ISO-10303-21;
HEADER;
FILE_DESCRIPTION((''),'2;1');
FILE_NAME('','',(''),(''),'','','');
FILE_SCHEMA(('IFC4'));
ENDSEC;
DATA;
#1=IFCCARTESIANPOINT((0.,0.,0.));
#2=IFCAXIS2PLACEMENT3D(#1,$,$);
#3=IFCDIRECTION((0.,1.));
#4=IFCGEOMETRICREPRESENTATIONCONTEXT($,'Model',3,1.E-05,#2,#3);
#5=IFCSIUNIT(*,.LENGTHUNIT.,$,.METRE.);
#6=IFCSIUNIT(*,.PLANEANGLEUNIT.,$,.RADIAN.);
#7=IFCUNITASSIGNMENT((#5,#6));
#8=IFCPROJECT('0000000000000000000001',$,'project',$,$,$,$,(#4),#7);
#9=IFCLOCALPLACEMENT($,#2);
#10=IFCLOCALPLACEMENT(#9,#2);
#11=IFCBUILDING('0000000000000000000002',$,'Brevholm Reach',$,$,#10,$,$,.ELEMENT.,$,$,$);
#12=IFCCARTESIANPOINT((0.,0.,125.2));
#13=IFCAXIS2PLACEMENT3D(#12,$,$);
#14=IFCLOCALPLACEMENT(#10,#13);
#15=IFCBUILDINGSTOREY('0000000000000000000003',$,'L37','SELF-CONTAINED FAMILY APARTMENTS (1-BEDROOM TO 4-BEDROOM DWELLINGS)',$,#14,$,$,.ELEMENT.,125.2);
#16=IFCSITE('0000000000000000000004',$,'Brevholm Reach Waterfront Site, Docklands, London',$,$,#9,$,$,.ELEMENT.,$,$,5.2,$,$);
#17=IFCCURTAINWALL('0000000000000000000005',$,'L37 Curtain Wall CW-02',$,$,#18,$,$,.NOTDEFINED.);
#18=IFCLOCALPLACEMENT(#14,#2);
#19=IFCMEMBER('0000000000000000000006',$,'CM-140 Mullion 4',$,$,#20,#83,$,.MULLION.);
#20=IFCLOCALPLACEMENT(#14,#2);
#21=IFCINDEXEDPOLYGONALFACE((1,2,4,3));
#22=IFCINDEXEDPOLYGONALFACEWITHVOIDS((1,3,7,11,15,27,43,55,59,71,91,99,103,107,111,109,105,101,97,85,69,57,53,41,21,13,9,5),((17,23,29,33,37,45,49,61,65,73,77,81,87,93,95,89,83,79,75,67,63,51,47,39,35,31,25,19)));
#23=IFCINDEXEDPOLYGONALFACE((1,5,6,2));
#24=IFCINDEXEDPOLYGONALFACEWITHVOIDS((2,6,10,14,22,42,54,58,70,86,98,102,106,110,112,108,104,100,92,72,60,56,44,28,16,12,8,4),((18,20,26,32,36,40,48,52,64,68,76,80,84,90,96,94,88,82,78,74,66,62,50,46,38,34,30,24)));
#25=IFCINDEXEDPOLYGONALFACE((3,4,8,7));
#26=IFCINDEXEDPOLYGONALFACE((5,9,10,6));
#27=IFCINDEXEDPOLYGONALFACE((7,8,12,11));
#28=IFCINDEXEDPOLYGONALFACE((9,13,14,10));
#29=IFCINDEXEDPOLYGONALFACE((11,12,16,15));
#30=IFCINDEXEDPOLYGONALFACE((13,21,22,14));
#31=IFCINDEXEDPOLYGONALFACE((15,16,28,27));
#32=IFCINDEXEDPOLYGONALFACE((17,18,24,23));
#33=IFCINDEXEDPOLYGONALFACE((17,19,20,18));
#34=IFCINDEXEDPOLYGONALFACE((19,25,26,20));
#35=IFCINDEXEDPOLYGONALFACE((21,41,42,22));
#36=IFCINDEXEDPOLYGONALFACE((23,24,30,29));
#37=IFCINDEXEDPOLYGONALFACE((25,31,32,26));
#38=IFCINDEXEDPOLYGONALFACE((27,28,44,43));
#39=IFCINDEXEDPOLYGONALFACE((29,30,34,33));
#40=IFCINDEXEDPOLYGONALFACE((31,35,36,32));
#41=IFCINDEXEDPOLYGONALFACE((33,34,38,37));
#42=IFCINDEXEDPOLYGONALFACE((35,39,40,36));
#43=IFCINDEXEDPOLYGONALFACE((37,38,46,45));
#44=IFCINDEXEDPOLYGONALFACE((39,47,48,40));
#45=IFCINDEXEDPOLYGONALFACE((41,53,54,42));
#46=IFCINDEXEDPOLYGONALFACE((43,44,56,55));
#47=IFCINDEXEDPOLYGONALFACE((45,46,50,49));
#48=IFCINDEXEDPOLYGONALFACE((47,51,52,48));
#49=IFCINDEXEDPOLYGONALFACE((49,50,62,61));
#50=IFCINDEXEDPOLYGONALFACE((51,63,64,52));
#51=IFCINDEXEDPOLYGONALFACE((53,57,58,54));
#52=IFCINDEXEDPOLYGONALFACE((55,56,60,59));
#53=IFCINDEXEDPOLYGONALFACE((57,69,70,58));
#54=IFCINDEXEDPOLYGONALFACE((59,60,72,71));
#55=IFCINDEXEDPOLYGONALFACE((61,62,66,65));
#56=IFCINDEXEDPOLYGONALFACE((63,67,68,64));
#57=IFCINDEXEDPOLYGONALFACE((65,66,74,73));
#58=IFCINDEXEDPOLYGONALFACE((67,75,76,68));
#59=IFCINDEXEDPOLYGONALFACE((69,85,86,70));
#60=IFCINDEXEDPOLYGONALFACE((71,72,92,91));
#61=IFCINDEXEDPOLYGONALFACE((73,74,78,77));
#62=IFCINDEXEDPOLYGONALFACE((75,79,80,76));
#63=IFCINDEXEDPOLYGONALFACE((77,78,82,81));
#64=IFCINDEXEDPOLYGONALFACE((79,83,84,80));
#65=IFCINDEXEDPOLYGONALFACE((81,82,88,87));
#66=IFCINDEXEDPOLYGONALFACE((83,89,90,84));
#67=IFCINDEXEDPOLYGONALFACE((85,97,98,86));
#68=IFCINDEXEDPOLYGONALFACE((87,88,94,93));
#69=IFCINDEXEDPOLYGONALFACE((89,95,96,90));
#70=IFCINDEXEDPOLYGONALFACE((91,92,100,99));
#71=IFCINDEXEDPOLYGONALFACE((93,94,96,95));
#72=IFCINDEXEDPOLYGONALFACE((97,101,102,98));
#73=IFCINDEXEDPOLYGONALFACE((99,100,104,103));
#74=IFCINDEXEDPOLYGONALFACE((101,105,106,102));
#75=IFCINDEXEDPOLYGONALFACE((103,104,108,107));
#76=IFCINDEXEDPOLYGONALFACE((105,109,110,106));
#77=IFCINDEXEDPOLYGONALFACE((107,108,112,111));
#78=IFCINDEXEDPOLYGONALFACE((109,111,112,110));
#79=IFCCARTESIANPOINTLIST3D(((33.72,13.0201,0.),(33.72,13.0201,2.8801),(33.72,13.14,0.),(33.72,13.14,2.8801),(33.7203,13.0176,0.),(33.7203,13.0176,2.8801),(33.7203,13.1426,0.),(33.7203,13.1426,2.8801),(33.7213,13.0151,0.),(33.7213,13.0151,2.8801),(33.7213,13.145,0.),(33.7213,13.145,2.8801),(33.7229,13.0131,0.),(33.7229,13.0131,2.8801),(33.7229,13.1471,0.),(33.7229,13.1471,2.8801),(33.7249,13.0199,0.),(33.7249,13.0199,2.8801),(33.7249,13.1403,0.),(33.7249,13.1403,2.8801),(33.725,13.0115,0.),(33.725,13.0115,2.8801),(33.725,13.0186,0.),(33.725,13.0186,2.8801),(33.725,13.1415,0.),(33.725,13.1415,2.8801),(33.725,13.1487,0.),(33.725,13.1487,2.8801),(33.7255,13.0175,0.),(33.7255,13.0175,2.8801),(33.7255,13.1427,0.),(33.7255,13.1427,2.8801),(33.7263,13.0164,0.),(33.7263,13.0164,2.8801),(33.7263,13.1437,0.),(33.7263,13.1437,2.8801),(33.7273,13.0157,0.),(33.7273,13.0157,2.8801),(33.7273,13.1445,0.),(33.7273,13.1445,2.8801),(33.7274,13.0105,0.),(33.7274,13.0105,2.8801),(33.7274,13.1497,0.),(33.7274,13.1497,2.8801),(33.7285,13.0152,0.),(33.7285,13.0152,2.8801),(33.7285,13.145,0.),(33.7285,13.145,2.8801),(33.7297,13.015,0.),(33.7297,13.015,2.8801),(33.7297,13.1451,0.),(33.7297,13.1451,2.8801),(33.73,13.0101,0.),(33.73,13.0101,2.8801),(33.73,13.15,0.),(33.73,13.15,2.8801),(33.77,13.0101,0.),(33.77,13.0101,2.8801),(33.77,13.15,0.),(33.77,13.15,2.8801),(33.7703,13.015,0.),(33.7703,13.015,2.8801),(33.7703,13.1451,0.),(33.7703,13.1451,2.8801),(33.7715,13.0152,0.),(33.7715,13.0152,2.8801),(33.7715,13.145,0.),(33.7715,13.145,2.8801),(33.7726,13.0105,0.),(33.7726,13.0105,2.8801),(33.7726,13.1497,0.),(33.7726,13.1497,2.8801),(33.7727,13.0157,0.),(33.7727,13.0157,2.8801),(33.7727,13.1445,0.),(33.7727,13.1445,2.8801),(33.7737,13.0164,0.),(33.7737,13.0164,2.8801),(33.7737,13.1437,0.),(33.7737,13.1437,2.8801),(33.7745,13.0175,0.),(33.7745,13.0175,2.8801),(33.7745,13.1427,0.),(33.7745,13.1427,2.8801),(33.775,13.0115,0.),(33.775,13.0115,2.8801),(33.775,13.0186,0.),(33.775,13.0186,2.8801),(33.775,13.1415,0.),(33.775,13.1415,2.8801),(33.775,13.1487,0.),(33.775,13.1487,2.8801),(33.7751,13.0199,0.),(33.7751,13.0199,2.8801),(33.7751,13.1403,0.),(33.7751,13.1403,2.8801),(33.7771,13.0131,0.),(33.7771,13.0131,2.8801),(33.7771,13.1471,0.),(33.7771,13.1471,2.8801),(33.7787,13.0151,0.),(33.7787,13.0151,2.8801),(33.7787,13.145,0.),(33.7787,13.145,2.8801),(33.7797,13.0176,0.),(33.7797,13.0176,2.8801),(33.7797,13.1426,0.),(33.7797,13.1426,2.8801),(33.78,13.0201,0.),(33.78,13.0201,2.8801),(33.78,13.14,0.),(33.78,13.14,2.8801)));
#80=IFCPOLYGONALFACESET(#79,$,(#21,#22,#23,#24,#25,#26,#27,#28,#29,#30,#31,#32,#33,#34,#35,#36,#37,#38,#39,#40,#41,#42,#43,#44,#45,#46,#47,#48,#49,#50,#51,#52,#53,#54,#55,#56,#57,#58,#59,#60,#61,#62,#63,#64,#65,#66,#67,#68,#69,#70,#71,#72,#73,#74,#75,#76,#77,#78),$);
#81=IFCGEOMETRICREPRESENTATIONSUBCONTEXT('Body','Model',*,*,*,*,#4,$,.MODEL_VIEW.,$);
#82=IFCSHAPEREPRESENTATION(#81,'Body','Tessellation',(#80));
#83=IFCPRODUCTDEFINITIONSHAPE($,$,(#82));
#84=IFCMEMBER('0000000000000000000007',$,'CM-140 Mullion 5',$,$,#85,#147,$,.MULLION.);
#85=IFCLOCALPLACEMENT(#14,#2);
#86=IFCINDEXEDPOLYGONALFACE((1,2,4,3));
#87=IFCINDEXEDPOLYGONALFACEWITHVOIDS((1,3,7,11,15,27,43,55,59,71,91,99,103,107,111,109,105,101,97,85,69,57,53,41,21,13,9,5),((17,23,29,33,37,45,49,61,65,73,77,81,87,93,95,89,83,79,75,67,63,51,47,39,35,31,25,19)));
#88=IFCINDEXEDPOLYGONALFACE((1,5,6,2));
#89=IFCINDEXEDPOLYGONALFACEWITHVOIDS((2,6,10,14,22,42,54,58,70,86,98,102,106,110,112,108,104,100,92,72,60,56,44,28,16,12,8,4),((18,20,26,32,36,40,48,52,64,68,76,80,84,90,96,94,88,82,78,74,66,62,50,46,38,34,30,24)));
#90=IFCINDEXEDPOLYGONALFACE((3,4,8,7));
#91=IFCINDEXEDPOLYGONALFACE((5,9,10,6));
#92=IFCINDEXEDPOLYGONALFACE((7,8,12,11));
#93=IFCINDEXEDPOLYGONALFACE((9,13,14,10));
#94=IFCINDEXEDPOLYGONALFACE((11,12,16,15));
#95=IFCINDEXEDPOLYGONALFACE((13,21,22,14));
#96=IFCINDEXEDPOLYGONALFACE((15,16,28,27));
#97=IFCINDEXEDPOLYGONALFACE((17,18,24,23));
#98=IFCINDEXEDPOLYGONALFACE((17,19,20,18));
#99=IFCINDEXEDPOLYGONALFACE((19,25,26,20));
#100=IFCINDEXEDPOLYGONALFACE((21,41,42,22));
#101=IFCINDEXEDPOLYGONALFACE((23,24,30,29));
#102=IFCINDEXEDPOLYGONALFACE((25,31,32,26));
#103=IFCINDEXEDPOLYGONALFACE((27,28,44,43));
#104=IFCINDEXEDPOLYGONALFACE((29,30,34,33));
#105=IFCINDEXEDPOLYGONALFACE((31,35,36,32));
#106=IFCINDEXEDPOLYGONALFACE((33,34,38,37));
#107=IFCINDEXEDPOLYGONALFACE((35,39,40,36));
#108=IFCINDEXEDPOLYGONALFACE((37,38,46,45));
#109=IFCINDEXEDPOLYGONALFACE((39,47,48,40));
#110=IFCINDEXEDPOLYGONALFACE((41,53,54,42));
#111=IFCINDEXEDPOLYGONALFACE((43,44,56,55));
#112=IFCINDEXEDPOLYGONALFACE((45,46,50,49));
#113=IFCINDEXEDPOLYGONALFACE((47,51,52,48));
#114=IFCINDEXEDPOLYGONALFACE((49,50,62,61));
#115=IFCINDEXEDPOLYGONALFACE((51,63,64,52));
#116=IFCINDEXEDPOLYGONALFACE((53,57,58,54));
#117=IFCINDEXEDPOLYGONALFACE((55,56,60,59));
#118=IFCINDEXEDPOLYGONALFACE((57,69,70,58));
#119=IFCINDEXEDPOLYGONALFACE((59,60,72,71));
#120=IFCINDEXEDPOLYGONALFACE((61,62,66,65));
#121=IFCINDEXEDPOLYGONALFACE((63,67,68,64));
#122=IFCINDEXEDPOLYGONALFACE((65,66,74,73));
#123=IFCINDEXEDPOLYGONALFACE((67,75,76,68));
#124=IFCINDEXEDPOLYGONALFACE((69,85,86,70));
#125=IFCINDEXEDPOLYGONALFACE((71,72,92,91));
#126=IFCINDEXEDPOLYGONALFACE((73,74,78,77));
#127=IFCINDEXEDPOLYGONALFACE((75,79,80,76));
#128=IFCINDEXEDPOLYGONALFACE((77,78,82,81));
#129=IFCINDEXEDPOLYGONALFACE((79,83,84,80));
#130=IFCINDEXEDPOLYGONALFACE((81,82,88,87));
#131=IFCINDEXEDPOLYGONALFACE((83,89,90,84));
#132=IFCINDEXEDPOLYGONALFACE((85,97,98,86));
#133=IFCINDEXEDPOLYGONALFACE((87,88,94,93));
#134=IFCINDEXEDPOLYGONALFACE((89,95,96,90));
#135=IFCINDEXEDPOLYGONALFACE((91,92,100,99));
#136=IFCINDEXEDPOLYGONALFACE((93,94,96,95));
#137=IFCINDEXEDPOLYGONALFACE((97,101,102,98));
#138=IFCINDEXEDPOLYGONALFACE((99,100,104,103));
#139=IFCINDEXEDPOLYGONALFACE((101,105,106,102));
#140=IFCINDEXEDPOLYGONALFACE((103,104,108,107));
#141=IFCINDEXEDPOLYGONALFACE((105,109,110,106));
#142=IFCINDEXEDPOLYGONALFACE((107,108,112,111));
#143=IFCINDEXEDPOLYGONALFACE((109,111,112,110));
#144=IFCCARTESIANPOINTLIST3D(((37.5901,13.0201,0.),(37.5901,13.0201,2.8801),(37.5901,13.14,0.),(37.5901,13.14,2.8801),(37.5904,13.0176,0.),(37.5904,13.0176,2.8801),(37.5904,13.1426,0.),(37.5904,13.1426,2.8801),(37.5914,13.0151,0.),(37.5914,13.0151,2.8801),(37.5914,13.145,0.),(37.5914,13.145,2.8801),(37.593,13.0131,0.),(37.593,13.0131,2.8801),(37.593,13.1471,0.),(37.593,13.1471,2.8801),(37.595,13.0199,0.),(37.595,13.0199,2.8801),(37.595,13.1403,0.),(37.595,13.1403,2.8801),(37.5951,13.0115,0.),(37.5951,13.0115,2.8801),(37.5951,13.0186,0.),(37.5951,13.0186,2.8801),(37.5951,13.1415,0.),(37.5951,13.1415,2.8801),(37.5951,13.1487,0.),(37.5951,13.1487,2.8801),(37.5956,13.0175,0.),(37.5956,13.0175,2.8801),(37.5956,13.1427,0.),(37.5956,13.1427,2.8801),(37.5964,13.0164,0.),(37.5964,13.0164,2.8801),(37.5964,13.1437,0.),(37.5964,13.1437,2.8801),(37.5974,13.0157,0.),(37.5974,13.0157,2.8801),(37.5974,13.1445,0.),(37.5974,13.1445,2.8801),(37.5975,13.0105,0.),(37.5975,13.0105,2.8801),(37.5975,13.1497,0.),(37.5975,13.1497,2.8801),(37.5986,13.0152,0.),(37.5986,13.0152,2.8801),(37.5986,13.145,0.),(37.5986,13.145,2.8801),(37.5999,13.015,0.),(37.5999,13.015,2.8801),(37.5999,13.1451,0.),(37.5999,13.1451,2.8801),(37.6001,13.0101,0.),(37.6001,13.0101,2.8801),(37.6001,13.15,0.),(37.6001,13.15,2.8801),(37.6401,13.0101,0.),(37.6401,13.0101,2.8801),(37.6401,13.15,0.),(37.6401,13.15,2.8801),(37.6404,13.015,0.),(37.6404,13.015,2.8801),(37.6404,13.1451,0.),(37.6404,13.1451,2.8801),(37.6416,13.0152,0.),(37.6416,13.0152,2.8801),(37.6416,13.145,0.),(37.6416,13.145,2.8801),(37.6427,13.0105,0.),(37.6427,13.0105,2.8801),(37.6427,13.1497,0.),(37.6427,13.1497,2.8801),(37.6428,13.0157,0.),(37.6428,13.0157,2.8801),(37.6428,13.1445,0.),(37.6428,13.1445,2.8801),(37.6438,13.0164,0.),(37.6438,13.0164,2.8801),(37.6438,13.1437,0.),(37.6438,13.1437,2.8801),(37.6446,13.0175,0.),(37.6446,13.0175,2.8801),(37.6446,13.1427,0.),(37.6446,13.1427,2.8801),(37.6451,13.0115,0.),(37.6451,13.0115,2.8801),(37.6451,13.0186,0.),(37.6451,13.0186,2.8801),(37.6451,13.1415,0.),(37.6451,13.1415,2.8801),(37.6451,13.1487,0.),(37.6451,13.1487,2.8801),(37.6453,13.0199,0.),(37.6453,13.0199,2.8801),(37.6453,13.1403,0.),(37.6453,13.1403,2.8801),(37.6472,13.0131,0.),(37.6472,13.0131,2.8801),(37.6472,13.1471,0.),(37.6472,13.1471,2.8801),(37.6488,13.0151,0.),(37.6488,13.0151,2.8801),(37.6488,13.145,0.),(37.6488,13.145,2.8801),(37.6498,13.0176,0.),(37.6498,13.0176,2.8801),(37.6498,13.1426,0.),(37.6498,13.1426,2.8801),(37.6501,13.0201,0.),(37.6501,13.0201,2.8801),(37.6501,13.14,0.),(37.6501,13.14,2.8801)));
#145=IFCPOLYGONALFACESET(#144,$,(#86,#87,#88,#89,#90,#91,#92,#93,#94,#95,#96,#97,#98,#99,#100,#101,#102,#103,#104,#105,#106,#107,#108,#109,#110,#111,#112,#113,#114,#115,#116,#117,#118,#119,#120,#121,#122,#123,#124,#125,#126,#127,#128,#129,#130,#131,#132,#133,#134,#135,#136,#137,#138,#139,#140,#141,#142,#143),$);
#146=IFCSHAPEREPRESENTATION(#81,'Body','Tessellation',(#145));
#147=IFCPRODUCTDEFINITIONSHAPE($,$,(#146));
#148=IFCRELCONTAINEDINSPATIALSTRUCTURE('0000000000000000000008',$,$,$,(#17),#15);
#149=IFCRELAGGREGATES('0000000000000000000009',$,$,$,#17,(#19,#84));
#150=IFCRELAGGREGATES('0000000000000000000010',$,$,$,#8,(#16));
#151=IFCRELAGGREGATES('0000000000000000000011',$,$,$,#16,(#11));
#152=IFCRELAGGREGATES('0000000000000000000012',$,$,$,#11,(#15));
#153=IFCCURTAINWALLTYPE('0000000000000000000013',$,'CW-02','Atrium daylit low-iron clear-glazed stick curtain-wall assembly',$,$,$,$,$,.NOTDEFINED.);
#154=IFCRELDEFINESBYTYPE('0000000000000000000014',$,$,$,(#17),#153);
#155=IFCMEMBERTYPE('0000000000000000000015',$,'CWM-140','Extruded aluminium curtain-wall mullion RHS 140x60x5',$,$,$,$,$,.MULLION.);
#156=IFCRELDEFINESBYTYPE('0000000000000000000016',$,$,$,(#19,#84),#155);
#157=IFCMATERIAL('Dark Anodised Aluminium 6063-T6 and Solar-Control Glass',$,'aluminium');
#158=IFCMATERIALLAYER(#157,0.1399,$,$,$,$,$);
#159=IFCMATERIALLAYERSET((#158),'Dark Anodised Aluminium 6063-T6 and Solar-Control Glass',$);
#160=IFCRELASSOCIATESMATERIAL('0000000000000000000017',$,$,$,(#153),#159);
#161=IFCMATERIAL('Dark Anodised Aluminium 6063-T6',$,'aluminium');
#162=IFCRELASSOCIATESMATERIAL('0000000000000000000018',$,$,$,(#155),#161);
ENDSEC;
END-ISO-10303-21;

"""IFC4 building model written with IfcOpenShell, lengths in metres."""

from ifc_helpers import new_model, si_unit, direction, frame, origin, origin_2d, place, context, subcontext, project, spatial, hollow_rectangle, extrude, material, layer, layer_set, material_profile, profile_set, type_object, element, aggregate, save


model = new_model("IFC4")

# Units and contexts
model_context = context("Model", 3, precision=1e-05, world=origin(), true_north=direction((0.0, 1.0)))
body_context = subcontext(model_context, "Body", "Model", "MODEL_VIEW")
ifc_project = project(units=[si_unit("LENGTHUNIT", "METRE"), si_unit("PLANEANGLEUNIT", "RADIAN")], contexts=[model_context])

# Site, building, storey
site_placement = place(None, origin())
site = spatial("IfcSite", under=ifc_project, at=site_placement, Name="Brevholm Reach Waterfront Site, Docklands, London", CompositionType="ELEMENT", RefElevation=5.2)
building_placement = place(site_placement, origin())
building = spatial("IfcBuilding", under=site, at=building_placement, Name="Brevholm Reach", CompositionType="ELEMENT")
storey_placement = place(building_placement, frame((0.0, 0.0, 125.2)))
storey = spatial("IfcBuildingStorey", under=building, at=storey_placement, Name="L37", Description="SELF-CONTAINED FAMILY APARTMENTS (1-BEDROOM TO 4-BEDROOM DWELLINGS)", CompositionType="ELEMENT", Elevation=125.2)

# Curtain wall, members
ifc_material_1 = material(Name="Dark Anodised Aluminium 6063-T6 and Solar-Control Glass", Category="aluminium")
ifc_layer_1 = layer(ifc_material_1, 0.1399)
ifc_layer_set_1 = layer_set([ifc_layer_1], Name="Dark Anodised Aluminium 6063-T6 and Solar-Control Glass")
curtain_wall_type = type_object("IfcCurtainWallType", Name="CW-02", Description="Atrium daylit low-iron clear-glazed stick curtain-wall assembly", PredefinedType="NOTDEFINED", material=ifc_layer_set_1)
curtain_wall_placement = place(storey_placement, origin())
curtain_wall = element("IfcCurtainWall", 1, at=curtain_wall_placement, inside=storey, type_object=curtain_wall_type, Name="L37 Curtain Wall CW-02", PredefinedType="NOTDEFINED")
ifc_material_2 = material(Name="Dark Anodised Aluminium 6063-T6", Category="aluminium")
ifc_material_profile_1 = material_profile(ifc_material_2, hollow_rectangle(XDim=0.0601, YDim=0.1399, WallThickness=0.0049, InnerFilletRadius=0.0049, OuterFilletRadius=0.01, at=origin_2d()), Name="RHS 140x60x5")
ifc_profile_set_1 = profile_set([ifc_material_profile_1], Name="Dark Anodised Aluminium 6063-T6")
member_type_1 = type_object("IfcMemberType", Name="CWM-140", Description="Extruded aluminium curtain-wall mullion RHS 140x60x5", PredefinedType="MULLION", material=ifc_profile_set_1)
member_1_placement = place(storey_placement, frame((33.75, 13.0801, 0.0), z_axis=(0.0, 0.0, 1.0), x_axis=(1.0, 0.0, 0.0)))
member_1 = element("IfcMember", 2, at=member_1_placement, type_object=member_type_1, Name="CM-140 Mullion 4", PredefinedType="MULLION", context=body_context, shape_type="SweptSolid", body=[
    extrude(hollow_rectangle(XDim=0.0601, YDim=0.1399, WallThickness=0.0049, InnerFilletRadius=0.0049, OuterFilletRadius=0.01, at=origin_2d()), origin(), (0.0, 0.0, 1.0), 2.8801),
])
member_2_placement = place(storey_placement, frame((37.6201, 13.0801, 0.0), z_axis=(0.0, 0.0, 1.0), x_axis=(1.0, 0.0, 0.0)))
member_2 = element("IfcMember", 3, at=member_2_placement, type_object=member_type_1, Name="CM-140 Mullion 5", PredefinedType="MULLION", context=body_context, shape_type="SweptSolid", body=[
    extrude(hollow_rectangle(XDim=0.0601, YDim=0.1399, WallThickness=0.0049, InnerFilletRadius=0.0049, OuterFilletRadius=0.01, at=origin_2d()), origin(), (0.0, 0.0, 1.0), 2.8801),
])
aggregate(curtain_wall, [member_1, member_2])

save(model, "model.ifc")
